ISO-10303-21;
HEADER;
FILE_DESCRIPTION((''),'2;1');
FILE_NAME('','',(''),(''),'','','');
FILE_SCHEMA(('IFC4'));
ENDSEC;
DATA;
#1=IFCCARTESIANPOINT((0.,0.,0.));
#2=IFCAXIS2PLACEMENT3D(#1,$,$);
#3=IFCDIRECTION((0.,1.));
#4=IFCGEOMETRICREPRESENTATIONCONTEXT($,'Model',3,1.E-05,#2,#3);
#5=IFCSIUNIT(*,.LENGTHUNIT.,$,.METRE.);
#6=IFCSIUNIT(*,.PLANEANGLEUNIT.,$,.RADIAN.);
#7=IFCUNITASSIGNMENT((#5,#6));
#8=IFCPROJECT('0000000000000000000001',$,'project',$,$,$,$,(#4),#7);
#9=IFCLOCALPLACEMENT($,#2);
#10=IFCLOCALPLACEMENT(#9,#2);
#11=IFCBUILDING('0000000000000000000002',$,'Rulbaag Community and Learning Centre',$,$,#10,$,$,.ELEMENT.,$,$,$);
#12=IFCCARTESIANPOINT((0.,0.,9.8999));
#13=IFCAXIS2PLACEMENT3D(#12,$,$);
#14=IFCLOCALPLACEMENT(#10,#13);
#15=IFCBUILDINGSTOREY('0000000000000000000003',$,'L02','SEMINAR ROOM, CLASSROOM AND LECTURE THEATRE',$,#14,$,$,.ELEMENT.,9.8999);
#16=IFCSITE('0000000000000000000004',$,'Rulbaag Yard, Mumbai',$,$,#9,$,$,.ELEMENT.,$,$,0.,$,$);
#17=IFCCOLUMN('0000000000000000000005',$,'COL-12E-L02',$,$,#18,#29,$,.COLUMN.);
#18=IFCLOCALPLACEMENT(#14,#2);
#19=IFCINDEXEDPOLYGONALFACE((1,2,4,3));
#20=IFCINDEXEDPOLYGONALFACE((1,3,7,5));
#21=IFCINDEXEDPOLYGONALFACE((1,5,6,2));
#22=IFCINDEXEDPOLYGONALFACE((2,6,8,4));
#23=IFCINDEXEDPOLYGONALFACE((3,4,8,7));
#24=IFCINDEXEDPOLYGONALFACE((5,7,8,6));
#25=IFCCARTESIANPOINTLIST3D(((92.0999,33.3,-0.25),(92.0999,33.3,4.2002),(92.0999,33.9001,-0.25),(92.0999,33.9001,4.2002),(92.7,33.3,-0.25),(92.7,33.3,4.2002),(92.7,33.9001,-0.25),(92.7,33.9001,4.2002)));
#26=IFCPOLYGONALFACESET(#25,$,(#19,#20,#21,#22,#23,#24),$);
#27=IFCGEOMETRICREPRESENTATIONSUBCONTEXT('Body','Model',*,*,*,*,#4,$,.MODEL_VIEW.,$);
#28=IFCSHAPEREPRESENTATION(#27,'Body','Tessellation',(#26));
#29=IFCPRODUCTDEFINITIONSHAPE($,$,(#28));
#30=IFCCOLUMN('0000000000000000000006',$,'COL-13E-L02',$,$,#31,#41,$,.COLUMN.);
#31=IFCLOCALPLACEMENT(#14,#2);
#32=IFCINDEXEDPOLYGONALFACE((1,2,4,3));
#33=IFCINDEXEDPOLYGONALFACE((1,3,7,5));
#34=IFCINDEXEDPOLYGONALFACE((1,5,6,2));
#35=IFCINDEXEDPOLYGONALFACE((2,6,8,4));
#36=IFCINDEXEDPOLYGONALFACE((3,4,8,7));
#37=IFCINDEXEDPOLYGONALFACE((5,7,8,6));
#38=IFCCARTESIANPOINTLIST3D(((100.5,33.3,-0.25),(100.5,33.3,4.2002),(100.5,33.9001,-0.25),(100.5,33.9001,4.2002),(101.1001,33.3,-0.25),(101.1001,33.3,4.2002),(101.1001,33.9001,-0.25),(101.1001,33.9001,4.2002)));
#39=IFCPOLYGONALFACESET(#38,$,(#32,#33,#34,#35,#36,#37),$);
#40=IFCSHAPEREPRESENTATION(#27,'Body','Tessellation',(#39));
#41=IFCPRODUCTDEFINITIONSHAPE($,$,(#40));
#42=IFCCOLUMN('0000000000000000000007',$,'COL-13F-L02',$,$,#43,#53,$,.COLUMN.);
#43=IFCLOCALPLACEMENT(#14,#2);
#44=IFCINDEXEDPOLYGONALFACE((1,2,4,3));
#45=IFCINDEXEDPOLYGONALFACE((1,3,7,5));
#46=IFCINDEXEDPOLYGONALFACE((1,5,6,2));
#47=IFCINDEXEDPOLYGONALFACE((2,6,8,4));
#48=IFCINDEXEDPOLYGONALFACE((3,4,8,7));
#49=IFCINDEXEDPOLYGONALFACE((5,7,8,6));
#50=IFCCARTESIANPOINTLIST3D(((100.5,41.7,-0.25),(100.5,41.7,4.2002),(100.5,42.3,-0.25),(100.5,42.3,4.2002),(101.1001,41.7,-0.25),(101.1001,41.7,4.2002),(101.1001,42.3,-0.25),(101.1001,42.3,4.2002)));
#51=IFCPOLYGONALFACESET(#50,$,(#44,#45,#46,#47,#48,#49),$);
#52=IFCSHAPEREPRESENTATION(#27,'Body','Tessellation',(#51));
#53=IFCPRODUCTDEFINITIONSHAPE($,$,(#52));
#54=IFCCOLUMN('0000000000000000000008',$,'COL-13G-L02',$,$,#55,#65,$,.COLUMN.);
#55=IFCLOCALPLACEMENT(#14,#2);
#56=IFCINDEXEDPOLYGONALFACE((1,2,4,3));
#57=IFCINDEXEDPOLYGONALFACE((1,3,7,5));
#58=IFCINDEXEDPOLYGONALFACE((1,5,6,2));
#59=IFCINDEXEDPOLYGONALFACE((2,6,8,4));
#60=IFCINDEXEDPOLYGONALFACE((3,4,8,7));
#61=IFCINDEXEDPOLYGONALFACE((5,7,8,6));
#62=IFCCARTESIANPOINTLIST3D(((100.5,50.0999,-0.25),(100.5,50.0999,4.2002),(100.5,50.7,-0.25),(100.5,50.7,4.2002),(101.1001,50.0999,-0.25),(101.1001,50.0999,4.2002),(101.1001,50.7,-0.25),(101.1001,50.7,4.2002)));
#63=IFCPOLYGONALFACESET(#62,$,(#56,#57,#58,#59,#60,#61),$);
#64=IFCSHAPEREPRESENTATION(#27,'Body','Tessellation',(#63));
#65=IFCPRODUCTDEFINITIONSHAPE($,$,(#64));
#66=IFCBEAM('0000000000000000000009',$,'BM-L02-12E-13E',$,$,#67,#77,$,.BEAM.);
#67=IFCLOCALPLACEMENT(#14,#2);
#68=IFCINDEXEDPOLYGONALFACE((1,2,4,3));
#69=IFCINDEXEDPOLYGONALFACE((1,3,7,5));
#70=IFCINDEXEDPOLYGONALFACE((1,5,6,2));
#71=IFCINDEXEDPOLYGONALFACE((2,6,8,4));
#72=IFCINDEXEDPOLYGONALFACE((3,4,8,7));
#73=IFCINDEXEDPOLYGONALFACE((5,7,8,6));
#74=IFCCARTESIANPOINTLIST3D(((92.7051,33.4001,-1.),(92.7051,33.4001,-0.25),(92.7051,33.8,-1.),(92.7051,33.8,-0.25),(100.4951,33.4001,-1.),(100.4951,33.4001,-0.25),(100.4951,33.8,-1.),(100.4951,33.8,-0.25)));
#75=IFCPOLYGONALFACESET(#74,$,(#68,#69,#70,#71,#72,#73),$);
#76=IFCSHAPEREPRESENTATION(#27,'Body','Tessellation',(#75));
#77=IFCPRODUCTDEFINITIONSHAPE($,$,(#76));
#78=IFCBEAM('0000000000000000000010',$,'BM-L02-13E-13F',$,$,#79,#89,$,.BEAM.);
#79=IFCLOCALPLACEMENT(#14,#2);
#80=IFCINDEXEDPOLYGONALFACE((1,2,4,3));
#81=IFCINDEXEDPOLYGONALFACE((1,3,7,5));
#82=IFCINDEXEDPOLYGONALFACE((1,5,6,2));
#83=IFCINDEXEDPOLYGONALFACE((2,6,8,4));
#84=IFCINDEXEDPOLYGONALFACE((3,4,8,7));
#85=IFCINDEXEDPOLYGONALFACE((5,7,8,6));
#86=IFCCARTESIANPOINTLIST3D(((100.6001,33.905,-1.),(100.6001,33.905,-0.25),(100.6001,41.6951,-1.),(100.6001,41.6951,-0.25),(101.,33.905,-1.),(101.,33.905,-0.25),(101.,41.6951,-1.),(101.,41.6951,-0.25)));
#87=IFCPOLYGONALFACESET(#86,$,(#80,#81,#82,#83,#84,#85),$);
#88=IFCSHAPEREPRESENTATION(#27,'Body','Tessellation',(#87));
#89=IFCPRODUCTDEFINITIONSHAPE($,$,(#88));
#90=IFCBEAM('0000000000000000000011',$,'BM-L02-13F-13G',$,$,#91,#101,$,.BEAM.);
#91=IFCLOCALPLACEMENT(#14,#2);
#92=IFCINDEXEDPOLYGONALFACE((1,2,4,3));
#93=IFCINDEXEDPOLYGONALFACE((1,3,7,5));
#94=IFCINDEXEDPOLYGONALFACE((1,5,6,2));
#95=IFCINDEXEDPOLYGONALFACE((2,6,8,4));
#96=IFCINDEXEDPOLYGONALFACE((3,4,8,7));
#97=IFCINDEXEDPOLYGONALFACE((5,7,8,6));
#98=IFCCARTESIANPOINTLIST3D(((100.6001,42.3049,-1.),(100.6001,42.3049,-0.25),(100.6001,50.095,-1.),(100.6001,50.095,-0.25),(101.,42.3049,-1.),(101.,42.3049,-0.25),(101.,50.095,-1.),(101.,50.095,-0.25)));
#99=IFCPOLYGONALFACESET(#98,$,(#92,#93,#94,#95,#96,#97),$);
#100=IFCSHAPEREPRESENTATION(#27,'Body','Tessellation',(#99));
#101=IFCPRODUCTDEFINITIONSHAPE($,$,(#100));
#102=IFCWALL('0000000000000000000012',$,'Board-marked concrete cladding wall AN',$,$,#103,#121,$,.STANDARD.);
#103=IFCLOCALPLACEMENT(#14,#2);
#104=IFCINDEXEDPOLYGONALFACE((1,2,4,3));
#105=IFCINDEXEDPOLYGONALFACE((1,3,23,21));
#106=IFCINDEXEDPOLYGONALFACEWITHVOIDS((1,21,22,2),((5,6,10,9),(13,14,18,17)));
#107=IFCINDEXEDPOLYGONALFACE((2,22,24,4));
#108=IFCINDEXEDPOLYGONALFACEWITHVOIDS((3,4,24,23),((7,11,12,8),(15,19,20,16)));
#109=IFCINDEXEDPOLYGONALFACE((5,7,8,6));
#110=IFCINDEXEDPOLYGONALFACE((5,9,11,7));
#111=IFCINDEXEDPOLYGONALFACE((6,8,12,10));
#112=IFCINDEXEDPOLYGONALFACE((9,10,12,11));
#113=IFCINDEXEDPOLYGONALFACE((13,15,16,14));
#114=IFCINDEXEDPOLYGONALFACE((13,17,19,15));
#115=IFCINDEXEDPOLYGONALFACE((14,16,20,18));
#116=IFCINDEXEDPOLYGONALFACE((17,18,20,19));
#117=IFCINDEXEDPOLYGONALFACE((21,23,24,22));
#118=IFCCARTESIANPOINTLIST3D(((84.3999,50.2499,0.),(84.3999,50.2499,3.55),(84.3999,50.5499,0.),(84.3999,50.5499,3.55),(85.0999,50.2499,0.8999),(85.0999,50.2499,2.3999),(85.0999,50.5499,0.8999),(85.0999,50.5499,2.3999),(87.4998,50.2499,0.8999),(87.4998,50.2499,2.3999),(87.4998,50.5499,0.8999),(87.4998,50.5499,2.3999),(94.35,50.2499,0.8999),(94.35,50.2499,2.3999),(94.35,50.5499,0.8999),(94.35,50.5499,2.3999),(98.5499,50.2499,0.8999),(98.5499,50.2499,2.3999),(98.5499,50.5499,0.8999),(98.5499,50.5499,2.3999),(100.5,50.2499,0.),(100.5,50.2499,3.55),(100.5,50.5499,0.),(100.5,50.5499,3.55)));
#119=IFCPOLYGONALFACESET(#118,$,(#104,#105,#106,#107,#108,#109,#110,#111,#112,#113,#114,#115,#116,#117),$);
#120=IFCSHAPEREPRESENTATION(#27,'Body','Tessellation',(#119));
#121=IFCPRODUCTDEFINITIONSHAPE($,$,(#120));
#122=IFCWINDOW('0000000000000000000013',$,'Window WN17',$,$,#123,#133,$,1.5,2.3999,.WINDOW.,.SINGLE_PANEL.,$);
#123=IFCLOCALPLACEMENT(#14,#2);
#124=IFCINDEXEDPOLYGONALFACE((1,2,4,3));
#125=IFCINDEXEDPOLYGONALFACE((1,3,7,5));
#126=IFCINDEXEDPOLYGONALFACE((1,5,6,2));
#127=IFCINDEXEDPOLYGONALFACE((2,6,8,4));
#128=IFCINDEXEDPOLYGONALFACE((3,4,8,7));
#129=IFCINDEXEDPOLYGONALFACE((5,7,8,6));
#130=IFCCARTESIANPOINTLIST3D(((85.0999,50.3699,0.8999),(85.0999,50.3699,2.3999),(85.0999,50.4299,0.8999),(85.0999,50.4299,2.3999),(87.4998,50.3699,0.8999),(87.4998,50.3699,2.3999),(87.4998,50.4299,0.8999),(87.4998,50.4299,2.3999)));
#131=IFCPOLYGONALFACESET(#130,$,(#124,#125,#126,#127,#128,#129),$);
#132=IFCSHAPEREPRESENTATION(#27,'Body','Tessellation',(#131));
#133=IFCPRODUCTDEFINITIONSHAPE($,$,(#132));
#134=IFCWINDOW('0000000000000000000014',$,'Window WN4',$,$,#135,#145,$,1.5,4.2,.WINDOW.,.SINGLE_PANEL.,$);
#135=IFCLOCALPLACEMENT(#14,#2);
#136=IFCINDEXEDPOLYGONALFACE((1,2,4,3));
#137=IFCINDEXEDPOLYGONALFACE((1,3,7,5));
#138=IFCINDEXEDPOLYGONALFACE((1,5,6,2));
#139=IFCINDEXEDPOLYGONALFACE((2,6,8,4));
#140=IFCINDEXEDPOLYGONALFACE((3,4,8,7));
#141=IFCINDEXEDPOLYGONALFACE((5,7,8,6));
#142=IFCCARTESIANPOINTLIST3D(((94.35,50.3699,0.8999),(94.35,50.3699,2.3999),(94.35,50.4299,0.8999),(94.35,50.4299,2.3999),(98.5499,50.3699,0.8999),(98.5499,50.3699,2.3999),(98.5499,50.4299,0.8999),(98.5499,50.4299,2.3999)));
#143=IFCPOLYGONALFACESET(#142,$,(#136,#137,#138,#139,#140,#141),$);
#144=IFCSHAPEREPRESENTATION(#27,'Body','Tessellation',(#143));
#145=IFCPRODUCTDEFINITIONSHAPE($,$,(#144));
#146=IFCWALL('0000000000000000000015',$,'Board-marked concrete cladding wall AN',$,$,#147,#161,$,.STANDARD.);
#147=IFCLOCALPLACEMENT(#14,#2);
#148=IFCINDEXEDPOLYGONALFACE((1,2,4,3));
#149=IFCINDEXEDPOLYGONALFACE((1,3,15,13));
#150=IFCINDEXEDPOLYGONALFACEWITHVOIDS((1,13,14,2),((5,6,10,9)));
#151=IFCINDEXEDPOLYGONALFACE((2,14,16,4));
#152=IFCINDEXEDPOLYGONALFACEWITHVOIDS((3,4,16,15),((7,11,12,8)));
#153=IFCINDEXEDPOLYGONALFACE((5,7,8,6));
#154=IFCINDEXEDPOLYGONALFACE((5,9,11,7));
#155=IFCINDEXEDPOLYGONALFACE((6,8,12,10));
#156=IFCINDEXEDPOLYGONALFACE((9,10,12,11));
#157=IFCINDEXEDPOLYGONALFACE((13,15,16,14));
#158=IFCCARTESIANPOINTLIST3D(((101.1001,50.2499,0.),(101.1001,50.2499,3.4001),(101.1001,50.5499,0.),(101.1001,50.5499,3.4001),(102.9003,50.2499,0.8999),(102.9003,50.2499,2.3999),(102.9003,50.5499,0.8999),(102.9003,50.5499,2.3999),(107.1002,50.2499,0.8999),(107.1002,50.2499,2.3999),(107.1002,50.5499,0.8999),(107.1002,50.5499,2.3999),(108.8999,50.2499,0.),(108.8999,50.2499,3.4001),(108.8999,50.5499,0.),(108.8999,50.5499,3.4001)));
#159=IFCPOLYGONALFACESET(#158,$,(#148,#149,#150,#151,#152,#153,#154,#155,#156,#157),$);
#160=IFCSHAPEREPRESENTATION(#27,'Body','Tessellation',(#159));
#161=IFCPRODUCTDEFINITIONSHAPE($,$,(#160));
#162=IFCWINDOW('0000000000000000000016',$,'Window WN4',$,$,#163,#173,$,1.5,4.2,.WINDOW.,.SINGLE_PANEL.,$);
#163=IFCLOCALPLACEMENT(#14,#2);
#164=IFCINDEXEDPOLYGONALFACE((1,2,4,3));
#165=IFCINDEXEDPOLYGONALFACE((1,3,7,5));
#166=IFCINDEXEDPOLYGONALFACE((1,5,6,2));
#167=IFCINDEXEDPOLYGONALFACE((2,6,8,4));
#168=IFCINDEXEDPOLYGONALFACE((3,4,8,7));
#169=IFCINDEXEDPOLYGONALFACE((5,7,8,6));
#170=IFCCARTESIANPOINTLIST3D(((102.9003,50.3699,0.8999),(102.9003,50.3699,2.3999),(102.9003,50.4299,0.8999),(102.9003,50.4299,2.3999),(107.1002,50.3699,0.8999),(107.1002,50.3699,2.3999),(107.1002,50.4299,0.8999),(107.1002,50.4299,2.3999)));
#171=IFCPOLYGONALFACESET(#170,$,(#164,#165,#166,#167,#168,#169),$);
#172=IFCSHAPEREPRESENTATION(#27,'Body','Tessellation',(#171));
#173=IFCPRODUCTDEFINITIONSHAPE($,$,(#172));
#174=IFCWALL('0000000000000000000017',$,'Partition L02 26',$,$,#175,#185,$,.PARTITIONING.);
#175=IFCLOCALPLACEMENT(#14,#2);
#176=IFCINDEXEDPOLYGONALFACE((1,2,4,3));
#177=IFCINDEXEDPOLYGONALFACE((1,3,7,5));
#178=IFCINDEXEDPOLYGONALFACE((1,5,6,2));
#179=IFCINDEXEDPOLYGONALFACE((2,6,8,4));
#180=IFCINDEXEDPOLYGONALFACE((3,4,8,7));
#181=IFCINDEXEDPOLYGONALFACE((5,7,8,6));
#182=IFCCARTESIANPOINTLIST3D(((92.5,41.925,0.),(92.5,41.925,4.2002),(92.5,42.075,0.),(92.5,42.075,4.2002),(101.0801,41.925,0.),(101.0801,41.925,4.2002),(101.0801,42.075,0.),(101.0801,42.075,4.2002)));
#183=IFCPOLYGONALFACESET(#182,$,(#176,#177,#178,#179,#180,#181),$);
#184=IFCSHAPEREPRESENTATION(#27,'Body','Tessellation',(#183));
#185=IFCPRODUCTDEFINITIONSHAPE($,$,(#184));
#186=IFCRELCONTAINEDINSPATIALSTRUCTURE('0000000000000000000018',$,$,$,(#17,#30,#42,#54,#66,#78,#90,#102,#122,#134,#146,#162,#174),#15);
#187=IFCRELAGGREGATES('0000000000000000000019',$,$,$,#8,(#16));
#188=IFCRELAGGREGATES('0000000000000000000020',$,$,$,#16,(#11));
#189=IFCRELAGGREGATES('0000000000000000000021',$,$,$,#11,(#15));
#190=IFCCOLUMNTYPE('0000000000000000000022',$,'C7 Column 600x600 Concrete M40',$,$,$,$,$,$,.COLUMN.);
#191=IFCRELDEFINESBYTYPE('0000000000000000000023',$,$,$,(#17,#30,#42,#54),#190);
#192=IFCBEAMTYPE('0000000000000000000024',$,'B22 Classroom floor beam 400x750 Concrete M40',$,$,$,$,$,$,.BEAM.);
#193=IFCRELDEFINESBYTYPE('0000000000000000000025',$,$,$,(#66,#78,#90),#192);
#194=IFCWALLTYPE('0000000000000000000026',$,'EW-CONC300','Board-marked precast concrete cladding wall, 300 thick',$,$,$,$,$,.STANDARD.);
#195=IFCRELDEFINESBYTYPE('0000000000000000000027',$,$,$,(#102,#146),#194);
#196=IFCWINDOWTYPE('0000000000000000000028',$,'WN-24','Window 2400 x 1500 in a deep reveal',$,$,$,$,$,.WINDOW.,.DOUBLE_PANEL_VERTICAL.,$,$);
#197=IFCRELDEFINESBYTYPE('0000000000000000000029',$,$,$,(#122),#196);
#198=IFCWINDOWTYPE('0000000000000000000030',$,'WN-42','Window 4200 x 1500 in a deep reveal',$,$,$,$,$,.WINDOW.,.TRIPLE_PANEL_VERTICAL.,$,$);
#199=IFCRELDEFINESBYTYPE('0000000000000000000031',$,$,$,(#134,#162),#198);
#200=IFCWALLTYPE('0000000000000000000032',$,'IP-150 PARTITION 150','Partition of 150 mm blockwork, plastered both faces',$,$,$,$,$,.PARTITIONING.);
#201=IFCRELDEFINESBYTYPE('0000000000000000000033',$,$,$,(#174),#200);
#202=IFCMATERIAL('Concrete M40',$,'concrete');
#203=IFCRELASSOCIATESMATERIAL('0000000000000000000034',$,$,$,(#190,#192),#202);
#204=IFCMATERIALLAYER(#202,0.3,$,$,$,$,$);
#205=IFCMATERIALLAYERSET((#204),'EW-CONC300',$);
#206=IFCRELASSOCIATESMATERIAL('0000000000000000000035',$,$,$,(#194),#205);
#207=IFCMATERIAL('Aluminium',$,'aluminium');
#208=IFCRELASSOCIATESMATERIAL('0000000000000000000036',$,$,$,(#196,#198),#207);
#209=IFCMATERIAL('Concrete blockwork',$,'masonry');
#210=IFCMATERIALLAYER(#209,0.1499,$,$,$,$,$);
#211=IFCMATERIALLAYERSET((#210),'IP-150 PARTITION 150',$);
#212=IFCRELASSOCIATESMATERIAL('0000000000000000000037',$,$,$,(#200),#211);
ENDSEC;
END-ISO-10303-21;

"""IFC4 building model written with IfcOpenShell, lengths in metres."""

from ifc_helpers import new_model, si_unit, direction, frame, frame_2d, origin, origin_2d, place, context, subcontext, project, spatial, rectangle, extrude, material, layer, layer_set, material_profile, profile_set, type_object, element, fill, save


model = new_model("IFC4")

# Units and contexts
model_context = context("Model", 3, precision=1e-05, world=origin(), true_north=direction((0.0, 1.0)))
body_context = subcontext(model_context, "Body", "Model", "MODEL_VIEW")
ifc_project = project(units=[si_unit("LENGTHUNIT", "METRE"), si_unit("PLANEANGLEUNIT", "RADIAN")], contexts=[model_context])

# Site, building, storey
site_placement = place(None, origin())
site = spatial("IfcSite", under=ifc_project, at=site_placement, Name="Rulbaag Yard, Mumbai", CompositionType="ELEMENT", RefElevation=0.0)
building_placement = place(site_placement, origin())
building = spatial("IfcBuilding", under=site, at=building_placement, Name="Rulbaag Community and Learning Centre", CompositionType="ELEMENT")
storey_placement = place(building_placement, frame((0.0, 0.0, 9.8999)))
storey = spatial("IfcBuildingStorey", under=building, at=storey_placement, Name="L02", Description="SEMINAR ROOM, CLASSROOM AND LECTURE THEATRE", CompositionType="ELEMENT", Elevation=9.8999)

# Columns
ifc_material_1 = material(Name="Concrete M40", Category="concrete")
ifc_material_profile_1 = material_profile(ifc_material_1, rectangle(XDim=0.6001, YDim=0.6001, at=origin_2d()), Name="RC600x600")
ifc_profile_set_1 = profile_set([ifc_material_profile_1], Name="Concrete M40")
column_type = type_object("IfcColumnType", Name="C7 Column 600x600 Concrete M40", PredefinedType="COLUMN", material=ifc_profile_set_1)
for number, where, z_axis, x_axis, name in (
    (1, (92.3999, 33.6001, -0.25), (0.0, 0.0, 1.0), (1.0, 0.0, 0.0), "COL-12E-L02"),
    (2, (100.8, 33.6001, -0.25), (0.0, 0.0, 1.0), (1.0, 0.0, 0.0), "COL-13E-L02"),
    (3, (100.8, 42.0, -0.25), (0.0, 0.0, 1.0), (1.0, 0.0, 0.0), "COL-13F-L02"),
    (4, (100.8, 50.3999, -0.25), (0.0, 0.0, 1.0), (1.0, 0.0, 0.0), "COL-13G-L02"),
):
    element("IfcColumn", number, at=place(storey_placement, frame(where, z_axis=z_axis, x_axis=x_axis)), inside=storey, type_object=column_type, Name=name, PredefinedType="COLUMN", context=body_context, shape_type="SweptSolid", body=[
        extrude(rectangle(XDim=0.6001, YDim=0.6001, at=origin_2d()), origin(), (0.0, 0.0, 1.0), 4.4502),
    ])

# Beams
ifc_material_profile_2 = material_profile(ifc_material_1, rectangle(XDim=0.3999, YDim=0.75, at=origin_2d()), Name="RB400x750")
ifc_profile_set_2 = profile_set([ifc_material_profile_2], Name="Concrete M40")
beam_type = type_object("IfcBeamType", Name="B22 Classroom floor beam 400x750 Concrete M40", PredefinedType="BEAM", material=ifc_profile_set_2)
for number, where, z_axis, x_axis, name in (
    (5, (92.7051, 33.6001, -0.625), (1.0, 0.0, 0.0), (0.0, 1.0, 0.0), "BM-L02-12E-13E"),
    (6, (100.8, 33.905, -0.625), (0.0, 1.0, 0.0), (-1.0, 0.0, 0.0), "BM-L02-13E-13F"),
    (7, (100.8, 42.3049, -0.625), (0.0, 1.0, 0.0), (-1.0, 0.0, 0.0), "BM-L02-13F-13G"),
):
    element("IfcBeam", number, at=place(storey_placement, frame(where, z_axis=z_axis, x_axis=x_axis)), inside=storey, type_object=beam_type, Name=name, PredefinedType="BEAM", context=body_context, shape_type="SweptSolid", body=[
        extrude(rectangle(XDim=0.3999, YDim=0.75, at=origin_2d()), origin(), (0.0, 0.0, 1.0), 7.79),
    ])

# Wall, openings, windows
ifc_layer_1 = layer(ifc_material_1, 0.3)
ifc_layer_set_1 = layer_set([ifc_layer_1], Name="EW-CONC300")
wall_type_1 = type_object("IfcWallType", Name="EW-CONC300", Description="Board-marked precast concrete cladding wall, 300 thick", PredefinedType="STANDARD", material=ifc_layer_set_1)
wall_1_placement = place(storey_placement, frame((84.3999, 50.3999, 0.0), z_axis=(0.0, 0.0, 1.0), x_axis=(1.0, 0.0, 0.0)))
wall_1 = element("IfcWall", 8, at=wall_1_placement, inside=storey, type_object=wall_type_1, Name="Board-marked concrete cladding wall AN", PredefinedType="STANDARD", context=body_context, shape_type="SweptSolid", body=[
    extrude(rectangle(XDim=16.1001, YDim=0.3, at=frame_2d((8.05, 0.0))), origin(), (0.0, 0.0, 1.0), 3.55),
])
opening_1_placement = place(wall_1_placement, frame((0.7, 0.0, 0.8999)))
opening_1 = element("IfcOpeningElement", 9, at=opening_1_placement, cuts=wall_1, PredefinedType="OPENING", context=body_context, shape_type="SweptSolid", body=[
    extrude(rectangle(XDim=2.3999, YDim=1.5, at=frame_2d((1.2, 0.75))), frame((0.0, 0.1599, 0.0), z_axis=(0.0, -1.0, 0.0), x_axis=(1.0, 0.0, 0.0)), (0.0, 0.0, 1.0), 0.3201),
])
opening_2_placement = place(wall_1_placement, frame((9.95, 0.0, 0.8999)))
opening_2 = element("IfcOpeningElement", 10, at=opening_2_placement, cuts=wall_1, PredefinedType="OPENING", context=body_context, shape_type="SweptSolid", body=[
    extrude(rectangle(XDim=4.2, YDim=1.5, at=frame_2d((2.1001, 0.75))), frame((0.0, 0.1599, 0.0), z_axis=(0.0, -1.0, 0.0), x_axis=(1.0, 0.0, 0.0)), (0.0, 0.0, 1.0), 0.3201),
])
ifc_material_2 = material(Name="Aluminium", Category="aluminium")
window_type_1 = type_object("IfcWindowType", Name="WN-24", Description="Window 2400 x 1500 in a deep reveal", PartitioningType="DOUBLE_PANEL_VERTICAL", PredefinedType="WINDOW", material=ifc_material_2)
window_1_placement = place(opening_1_placement, origin())
window_1 = element("IfcWindow", 11, at=window_1_placement, inside=storey, type_object=window_type_1, Name="Window WN17", OverallHeight=1.5, OverallWidth=2.3999, PartitioningType="SINGLE_PANEL", PredefinedType="WINDOW", context=body_context, shape_type="SweptSolid", body=[
    extrude(rectangle(XDim=2.3999, YDim=1.5, at=frame_2d((1.2, 0.75))), frame((0.0, 0.03, 0.0), z_axis=(0.0, -1.0, 0.0), x_axis=(1.0, 0.0, 0.0)), (0.0, 0.0, 1.0), 0.0601),
])
fill(opening_1, window_1)
window_type_2 = type_object("IfcWindowType", Name="WN-42", Description="Window 4200 x 1500 in a deep reveal", PartitioningType="TRIPLE_PANEL_VERTICAL", PredefinedType="WINDOW", material=ifc_material_2)
window_2_placement = place(opening_2_placement, origin())
window_2 = element("IfcWindow", 12, at=window_2_placement, inside=storey, type_object=window_type_2, Name="Window WN4", OverallHeight=1.5, OverallWidth=4.2, PartitioningType="SINGLE_PANEL", PredefinedType="WINDOW", context=body_context, shape_type="SweptSolid", body=[
    extrude(rectangle(XDim=4.2, YDim=1.5, at=frame_2d((2.1001, 0.75))), frame((0.0, 0.03, 0.0), z_axis=(0.0, -1.0, 0.0), x_axis=(1.0, 0.0, 0.0)), (0.0, 0.0, 1.0), 0.0601),
])
fill(opening_2, window_2)

# Wall, opening, window
wall_2_placement = place(storey_placement, frame((101.1001, 50.3999, 0.0), z_axis=(0.0, 0.0, 1.0), x_axis=(1.0, 0.0, 0.0)))
wall_2 = element("IfcWall", 13, at=wall_2_placement, inside=storey, type_object=wall_type_1, Name="Board-marked concrete cladding wall AN", PredefinedType="STANDARD", context=body_context, shape_type="SweptSolid", body=[
    extrude(rectangle(XDim=7.7998, YDim=0.3, at=frame_2d((3.8999, 0.0))), origin(), (0.0, 0.0, 1.0), 3.4001),
])
opening_3_placement = place(wall_2_placement, frame((1.8, 0.0, 0.8999)))
opening_3 = element("IfcOpeningElement", 14, at=opening_3_placement, cuts=wall_2, PredefinedType="OPENING", context=body_context, shape_type="SweptSolid", body=[
    extrude(rectangle(XDim=4.2, YDim=1.5, at=frame_2d((2.1001, 0.75))), frame((0.0, 0.1599, 0.0), z_axis=(0.0, -1.0, 0.0), x_axis=(1.0, 0.0, 0.0)), (0.0, 0.0, 1.0), 0.3201),
])
window_3_placement = place(opening_3_placement, origin())
window_3 = element("IfcWindow", 15, at=window_3_placement, inside=storey, type_object=window_type_2, Name="Window WN4", OverallHeight=1.5, OverallWidth=4.2, PartitioningType="SINGLE_PANEL", PredefinedType="WINDOW", context=body_context, shape_type="SweptSolid", body=[
    extrude(rectangle(XDim=4.2, YDim=1.5, at=frame_2d((2.1001, 0.75))), frame((0.0, 0.03, 0.0), z_axis=(0.0, -1.0, 0.0), x_axis=(1.0, 0.0, 0.0)), (0.0, 0.0, 1.0), 0.0601),
])
fill(opening_3, window_3)

# Wall
ifc_material_3 = material(Name="Concrete blockwork", Category="masonry")
ifc_layer_2 = layer(ifc_material_3, 0.1499)
ifc_layer_set_2 = layer_set([ifc_layer_2], Name="IP-150 PARTITION 150")
wall_type_2 = type_object("IfcWallType", Name="IP-150 PARTITION 150", Description="Partition of 150 mm blockwork, plastered both faces", PredefinedType="PARTITIONING", material=ifc_layer_set_2)
wall_3_placement = place(storey_placement, frame((92.5, 42.0, 0.0), z_axis=(0.0, 0.0, 1.0), x_axis=(1.0, 0.0, 0.0)))
element("IfcWall", 16, at=wall_3_placement, inside=storey, type_object=wall_type_2, Name="Partition L02 26", PredefinedType="PARTITIONING", context=body_context, shape_type="SweptSolid", body=[
    extrude(rectangle(XDim=8.5801, YDim=0.1499, at=frame_2d((4.29, 0.0))), origin(), (0.0, 0.0, 1.0), 4.2002),
])

save(model, "model.ifc")
